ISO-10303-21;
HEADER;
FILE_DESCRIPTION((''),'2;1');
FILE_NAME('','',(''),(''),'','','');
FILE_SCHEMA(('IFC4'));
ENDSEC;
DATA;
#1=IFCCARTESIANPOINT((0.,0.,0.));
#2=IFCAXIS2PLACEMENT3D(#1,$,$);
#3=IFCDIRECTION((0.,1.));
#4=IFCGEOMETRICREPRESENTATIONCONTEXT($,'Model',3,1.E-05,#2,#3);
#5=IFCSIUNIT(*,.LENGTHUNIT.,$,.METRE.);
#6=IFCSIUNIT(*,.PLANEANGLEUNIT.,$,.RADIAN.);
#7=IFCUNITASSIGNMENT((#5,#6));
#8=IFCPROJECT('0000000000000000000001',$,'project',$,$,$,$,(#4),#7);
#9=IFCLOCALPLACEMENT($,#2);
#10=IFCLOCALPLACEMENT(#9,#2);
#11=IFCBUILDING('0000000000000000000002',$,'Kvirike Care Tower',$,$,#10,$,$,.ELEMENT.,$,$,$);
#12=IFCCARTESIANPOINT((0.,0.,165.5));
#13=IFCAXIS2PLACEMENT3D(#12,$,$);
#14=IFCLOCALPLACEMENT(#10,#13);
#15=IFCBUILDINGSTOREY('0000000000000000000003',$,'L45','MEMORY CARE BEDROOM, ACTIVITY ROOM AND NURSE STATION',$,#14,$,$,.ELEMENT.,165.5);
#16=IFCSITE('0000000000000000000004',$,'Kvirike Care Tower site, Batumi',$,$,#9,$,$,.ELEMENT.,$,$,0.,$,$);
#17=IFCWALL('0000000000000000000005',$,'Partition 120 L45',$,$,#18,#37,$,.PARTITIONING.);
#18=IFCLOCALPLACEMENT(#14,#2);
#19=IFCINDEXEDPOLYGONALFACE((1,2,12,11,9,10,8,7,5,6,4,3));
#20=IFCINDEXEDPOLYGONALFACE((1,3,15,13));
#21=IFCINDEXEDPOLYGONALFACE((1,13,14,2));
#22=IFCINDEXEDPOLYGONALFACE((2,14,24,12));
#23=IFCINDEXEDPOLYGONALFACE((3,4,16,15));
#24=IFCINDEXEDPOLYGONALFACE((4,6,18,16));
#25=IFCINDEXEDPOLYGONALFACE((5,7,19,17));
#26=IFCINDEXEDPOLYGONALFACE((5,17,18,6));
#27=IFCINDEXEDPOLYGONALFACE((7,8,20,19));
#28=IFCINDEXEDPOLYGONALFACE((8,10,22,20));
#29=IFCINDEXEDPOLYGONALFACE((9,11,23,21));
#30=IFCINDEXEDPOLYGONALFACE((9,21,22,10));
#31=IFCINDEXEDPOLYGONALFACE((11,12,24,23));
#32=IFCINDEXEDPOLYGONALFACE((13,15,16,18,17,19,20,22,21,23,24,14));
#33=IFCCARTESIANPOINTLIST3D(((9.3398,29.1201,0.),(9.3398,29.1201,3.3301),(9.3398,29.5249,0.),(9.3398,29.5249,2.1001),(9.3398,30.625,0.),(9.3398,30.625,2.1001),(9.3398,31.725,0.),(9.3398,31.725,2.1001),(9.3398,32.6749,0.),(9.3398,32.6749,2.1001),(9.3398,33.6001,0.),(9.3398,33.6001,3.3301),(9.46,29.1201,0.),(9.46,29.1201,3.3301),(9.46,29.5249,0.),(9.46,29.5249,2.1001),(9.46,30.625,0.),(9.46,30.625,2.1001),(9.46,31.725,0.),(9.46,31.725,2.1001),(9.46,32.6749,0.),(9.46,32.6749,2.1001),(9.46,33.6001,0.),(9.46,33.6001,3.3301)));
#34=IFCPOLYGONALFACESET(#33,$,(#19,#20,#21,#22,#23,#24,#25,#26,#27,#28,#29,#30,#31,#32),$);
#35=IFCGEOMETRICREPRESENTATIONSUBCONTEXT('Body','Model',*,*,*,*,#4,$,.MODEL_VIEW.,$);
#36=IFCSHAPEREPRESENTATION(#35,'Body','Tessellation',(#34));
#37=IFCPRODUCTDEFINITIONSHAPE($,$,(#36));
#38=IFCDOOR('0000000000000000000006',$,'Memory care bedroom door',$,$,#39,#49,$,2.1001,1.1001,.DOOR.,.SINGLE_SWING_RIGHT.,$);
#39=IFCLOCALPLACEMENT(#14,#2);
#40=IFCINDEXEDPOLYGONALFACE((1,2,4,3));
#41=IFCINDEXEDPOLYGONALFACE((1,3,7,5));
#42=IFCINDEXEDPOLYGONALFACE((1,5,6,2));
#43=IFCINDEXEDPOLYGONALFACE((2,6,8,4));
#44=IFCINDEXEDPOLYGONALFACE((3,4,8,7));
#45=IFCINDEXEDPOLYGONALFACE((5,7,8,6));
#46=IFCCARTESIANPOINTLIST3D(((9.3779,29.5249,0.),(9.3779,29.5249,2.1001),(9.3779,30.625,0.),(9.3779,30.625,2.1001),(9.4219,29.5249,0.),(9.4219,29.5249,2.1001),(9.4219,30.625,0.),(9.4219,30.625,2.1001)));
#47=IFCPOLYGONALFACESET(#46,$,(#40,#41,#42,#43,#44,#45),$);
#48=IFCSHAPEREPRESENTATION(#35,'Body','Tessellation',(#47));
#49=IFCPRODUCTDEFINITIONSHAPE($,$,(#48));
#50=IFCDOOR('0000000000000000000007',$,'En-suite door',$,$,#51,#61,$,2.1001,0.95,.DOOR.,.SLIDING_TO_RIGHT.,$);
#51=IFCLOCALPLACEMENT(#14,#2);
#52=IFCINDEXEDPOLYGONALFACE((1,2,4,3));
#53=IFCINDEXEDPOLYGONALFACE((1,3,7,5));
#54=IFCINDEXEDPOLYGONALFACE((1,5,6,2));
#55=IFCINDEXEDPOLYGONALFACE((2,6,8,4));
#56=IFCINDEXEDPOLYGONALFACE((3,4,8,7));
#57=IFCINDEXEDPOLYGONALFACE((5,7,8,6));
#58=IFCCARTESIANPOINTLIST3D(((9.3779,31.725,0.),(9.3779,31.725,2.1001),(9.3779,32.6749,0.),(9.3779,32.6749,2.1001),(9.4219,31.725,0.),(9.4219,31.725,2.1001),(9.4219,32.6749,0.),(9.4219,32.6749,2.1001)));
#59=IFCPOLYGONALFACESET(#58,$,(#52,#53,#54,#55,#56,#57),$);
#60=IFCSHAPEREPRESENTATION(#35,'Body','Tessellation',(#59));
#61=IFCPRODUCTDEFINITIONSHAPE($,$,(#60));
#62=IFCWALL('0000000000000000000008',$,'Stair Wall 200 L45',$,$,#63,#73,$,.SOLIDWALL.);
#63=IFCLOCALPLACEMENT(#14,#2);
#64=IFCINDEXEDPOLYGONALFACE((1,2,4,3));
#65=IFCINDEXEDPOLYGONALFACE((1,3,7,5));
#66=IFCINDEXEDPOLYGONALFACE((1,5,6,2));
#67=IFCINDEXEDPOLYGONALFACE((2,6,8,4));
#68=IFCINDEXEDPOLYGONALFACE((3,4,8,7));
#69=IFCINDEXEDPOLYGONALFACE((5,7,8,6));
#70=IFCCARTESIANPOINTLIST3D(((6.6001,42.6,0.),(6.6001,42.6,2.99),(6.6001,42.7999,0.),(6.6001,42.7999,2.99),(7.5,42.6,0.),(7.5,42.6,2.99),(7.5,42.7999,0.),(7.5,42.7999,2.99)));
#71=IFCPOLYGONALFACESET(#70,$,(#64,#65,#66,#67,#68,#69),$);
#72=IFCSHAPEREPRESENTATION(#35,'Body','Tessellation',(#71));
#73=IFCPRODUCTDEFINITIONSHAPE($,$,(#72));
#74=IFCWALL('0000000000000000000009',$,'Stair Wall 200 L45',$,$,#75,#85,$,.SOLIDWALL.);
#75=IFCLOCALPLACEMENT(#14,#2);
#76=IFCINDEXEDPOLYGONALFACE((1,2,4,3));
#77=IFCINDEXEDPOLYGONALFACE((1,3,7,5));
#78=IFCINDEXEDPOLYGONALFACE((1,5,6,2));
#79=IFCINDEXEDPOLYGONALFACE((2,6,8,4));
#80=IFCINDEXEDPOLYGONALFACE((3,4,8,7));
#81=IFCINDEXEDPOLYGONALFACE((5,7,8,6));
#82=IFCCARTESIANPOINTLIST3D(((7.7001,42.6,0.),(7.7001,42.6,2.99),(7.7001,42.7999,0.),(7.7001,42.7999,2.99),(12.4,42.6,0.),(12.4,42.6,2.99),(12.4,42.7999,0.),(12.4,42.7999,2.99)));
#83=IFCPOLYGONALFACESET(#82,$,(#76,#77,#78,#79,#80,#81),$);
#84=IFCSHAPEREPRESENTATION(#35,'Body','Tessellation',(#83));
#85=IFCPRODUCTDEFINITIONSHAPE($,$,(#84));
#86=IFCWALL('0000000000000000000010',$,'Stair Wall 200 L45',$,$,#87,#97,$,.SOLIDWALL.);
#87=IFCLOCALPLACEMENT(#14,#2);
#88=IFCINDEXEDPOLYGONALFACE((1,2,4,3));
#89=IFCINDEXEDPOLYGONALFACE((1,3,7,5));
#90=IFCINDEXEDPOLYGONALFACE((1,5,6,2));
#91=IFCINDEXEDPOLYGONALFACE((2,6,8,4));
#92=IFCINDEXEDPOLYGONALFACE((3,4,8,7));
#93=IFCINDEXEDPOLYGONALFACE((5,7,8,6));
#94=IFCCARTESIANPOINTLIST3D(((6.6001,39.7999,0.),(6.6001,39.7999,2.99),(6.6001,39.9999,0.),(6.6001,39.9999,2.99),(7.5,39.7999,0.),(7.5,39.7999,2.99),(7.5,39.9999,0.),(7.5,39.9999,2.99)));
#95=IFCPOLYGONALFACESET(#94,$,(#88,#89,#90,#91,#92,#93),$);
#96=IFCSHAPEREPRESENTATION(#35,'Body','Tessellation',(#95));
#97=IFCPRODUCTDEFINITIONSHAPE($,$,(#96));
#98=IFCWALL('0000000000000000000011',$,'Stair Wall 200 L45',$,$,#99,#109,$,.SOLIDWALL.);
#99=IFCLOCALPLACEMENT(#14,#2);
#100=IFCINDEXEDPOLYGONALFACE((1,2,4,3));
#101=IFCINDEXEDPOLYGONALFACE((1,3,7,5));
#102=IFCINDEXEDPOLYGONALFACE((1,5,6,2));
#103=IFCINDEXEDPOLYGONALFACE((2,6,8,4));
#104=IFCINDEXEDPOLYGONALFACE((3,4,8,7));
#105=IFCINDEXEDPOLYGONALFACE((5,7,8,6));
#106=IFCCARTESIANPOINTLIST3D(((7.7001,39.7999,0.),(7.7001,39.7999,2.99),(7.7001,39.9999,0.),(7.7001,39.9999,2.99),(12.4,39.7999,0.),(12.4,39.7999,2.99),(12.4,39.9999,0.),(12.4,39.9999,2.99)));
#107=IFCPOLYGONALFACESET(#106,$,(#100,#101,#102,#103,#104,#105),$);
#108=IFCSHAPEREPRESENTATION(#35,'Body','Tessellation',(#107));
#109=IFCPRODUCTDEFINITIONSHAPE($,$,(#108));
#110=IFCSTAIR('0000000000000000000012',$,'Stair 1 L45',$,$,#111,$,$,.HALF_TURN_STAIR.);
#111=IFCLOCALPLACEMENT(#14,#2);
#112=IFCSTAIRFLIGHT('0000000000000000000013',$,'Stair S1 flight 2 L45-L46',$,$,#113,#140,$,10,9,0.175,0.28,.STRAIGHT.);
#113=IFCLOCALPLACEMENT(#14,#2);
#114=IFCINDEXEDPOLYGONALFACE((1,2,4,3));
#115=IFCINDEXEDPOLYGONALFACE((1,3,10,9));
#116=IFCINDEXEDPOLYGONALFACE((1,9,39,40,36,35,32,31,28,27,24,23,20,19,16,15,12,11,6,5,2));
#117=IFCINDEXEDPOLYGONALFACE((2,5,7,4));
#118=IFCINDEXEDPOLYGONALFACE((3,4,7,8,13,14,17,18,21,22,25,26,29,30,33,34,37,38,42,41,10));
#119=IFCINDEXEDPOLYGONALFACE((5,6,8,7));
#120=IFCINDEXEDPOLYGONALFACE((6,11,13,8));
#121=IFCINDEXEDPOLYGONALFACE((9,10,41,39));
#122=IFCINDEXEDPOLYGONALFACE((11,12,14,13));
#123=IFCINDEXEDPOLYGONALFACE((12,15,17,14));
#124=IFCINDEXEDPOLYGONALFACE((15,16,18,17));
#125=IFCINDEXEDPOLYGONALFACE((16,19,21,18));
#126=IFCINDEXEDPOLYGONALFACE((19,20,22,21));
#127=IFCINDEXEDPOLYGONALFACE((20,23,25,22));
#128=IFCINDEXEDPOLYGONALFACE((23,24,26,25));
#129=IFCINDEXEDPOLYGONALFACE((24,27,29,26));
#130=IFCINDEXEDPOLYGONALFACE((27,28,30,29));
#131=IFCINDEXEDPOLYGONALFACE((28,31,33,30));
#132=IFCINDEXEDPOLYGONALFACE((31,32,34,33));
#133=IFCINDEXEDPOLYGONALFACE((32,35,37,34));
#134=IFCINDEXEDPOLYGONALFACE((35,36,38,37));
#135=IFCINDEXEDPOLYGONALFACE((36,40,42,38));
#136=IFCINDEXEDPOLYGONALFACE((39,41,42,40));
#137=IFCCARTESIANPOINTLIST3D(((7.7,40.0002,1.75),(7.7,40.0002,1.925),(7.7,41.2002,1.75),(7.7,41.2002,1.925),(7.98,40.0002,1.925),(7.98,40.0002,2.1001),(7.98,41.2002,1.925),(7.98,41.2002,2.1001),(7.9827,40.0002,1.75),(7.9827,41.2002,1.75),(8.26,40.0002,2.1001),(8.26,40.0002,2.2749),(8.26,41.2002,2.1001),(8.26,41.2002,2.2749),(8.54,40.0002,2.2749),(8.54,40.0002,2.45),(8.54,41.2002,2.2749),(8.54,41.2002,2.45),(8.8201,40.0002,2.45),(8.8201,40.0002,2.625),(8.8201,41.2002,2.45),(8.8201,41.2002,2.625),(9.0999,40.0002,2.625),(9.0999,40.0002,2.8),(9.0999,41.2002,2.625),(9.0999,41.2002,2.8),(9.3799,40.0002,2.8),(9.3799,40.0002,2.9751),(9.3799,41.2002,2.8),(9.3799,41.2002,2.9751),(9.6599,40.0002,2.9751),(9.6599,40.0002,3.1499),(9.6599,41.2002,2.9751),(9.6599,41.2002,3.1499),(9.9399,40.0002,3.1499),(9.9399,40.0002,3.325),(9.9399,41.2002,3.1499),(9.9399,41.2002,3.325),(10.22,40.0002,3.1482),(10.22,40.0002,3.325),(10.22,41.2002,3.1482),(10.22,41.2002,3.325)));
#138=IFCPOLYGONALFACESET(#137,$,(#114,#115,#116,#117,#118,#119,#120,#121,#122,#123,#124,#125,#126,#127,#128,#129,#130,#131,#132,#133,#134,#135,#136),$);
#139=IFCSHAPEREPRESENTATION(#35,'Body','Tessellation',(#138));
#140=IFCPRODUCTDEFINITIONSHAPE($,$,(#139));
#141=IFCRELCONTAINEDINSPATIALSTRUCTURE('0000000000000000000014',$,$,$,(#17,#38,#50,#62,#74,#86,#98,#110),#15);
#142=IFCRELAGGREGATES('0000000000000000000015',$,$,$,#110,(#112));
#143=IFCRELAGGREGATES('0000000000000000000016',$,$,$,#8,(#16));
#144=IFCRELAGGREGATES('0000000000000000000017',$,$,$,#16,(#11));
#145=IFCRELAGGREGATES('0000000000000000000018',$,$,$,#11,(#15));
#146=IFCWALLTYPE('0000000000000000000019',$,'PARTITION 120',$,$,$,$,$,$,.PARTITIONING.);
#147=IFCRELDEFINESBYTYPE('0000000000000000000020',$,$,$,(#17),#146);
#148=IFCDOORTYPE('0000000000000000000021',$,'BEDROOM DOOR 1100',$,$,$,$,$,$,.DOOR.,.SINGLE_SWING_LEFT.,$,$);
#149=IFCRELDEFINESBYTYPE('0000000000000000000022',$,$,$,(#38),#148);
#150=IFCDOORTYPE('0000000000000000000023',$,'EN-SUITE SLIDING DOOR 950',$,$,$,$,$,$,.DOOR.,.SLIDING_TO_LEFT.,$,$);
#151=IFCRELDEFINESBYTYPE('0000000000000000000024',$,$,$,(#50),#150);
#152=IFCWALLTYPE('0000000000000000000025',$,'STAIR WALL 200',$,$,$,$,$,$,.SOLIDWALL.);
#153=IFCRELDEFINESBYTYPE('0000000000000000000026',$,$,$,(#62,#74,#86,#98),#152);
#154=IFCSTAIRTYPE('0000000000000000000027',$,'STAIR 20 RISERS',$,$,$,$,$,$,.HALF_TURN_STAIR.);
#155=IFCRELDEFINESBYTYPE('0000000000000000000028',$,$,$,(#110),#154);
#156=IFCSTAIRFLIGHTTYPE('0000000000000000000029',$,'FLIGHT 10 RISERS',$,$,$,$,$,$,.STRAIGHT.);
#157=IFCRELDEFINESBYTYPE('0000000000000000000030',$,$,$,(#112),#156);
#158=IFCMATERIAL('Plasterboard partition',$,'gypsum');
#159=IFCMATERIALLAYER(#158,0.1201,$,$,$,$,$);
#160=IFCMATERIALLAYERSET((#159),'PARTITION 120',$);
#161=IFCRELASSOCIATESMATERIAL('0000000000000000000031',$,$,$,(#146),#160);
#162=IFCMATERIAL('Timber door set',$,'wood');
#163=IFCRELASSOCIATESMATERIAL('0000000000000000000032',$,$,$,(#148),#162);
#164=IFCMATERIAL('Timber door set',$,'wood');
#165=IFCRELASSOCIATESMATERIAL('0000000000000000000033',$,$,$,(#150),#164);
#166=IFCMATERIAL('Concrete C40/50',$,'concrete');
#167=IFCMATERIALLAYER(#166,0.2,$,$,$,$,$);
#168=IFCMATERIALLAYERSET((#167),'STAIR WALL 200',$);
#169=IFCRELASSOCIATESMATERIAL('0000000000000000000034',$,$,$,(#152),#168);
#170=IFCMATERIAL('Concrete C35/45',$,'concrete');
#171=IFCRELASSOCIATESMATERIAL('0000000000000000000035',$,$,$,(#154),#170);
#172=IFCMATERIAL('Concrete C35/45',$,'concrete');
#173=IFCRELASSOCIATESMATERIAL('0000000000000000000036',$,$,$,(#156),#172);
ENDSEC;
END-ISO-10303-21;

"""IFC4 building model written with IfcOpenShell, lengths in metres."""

from ifc_helpers import new_model, si_unit, direction, frame, frame_2d, origin, place, context, subcontext, project, spatial, polyline, rectangle, outline, extrude, material, layer, layer_set, type_object, element, fill, aggregate, save


model = new_model("IFC4")

# Units and contexts
model_context = context("Model", 3, precision=1e-05, world=origin(), true_north=direction((0.0, 1.0)))
body_context = subcontext(model_context, "Body", "Model", "MODEL_VIEW")
ifc_project = project(units=[si_unit("LENGTHUNIT", "METRE"), si_unit("PLANEANGLEUNIT", "RADIAN")], contexts=[model_context])

# Site, building, storey
site_placement = place(None, origin())
site = spatial("IfcSite", under=ifc_project, at=site_placement, Name="Kvirike Care Tower site, Batumi", CompositionType="ELEMENT", RefElevation=0.0)
building_placement = place(site_placement, origin())
building = spatial("IfcBuilding", under=site, at=building_placement, Name="Kvirike Care Tower", CompositionType="ELEMENT")
storey_placement = place(building_placement, frame((0.0, 0.0, 165.5)))
storey = spatial("IfcBuildingStorey", under=building, at=storey_placement, Name="L45", Description="MEMORY CARE BEDROOM, ACTIVITY ROOM AND NURSE STATION", CompositionType="ELEMENT", Elevation=165.5)

# Wall, openings, doors
ifc_material_1 = material(Name="Plasterboard partition", Category="gypsum")
ifc_layer_1 = layer(ifc_material_1, 0.1201)
ifc_layer_set_1 = layer_set([ifc_layer_1], Name="PARTITION 120")
wall_type_1 = type_object("IfcWallType", Name="PARTITION 120", PredefinedType="PARTITIONING", material=ifc_layer_set_1)
ifc_material_2 = material(Name="Timber door set", Category="wood")
door_type_1 = type_object("IfcDoorType", Name="BEDROOM DOOR 1100", OperationType="SINGLE_SWING_LEFT", PredefinedType="DOOR", material=ifc_material_2)
ifc_material_3 = material(Name="Timber door set", Category="wood")
door_type_2 = type_object("IfcDoorType", Name="EN-SUITE SLIDING DOOR 950", OperationType="SLIDING_TO_LEFT", PredefinedType="DOOR", material=ifc_material_3)
wall_1_placement = place(storey_placement, frame((9.3999, 33.6001, 0.0), z_axis=(0.0, 0.0, 1.0), x_axis=(0.0, -1.0, 0.0)))
wall_1 = element("IfcWall", 1, at=wall_1_placement, inside=storey, type_object=wall_type_1, Name="Partition 120 L45", PredefinedType="PARTITIONING", context=body_context, shape_type="SweptSolid", body=[
    extrude(rectangle(XDim=4.48, YDim=0.1201, at=frame_2d((2.24, 0.0))), origin(), (0.0, 0.0, 1.0), 3.3301),
])
opening_1_placement = place(wall_1_placement, frame((2.9751, 0.0, 0.0)))
opening_1 = element("IfcOpeningElement", 2, at=opening_1_placement, cuts=wall_1, PredefinedType="OPENING", context=body_context, shape_type="SweptSolid", body=[
    extrude(rectangle(XDim=1.1001, YDim=2.1001, at=frame_2d((0.55, 1.05))), frame((0.0, 0.0706, 0.0), z_axis=(0.0, -1.0, 0.0), x_axis=(1.0, 0.0, 0.0)), (0.0, 0.0, 1.0), 0.1411),
])
opening_2_placement = place(wall_1_placement, frame((0.925, 0.0, 0.0)))
opening_2 = element("IfcOpeningElement", 3, at=opening_2_placement, cuts=wall_1, PredefinedType="OPENING", context=body_context, shape_type="SweptSolid", body=[
    extrude(rectangle(XDim=0.95, YDim=2.1001, at=frame_2d((0.4751, 1.05))), frame((0.0, 0.0706, 0.0), z_axis=(0.0, -1.0, 0.0), x_axis=(1.0, 0.0, 0.0)), (0.0, 0.0, 1.0), 0.1411),
])
door_1_placement = place(opening_1_placement, origin())
door_1 = element("IfcDoor", 4, at=door_1_placement, inside=storey, type_object=door_type_1, Name="Memory care bedroom door", OperationType="SINGLE_SWING_RIGHT", OverallHeight=2.1001, OverallWidth=1.1001, PredefinedType="DOOR", context=body_context, shape_type="SweptSolid", body=[
    extrude(rectangle(XDim=1.1001, YDim=2.1001, at=frame_2d((0.55, 1.05))), frame((0.0, 0.022, 0.0), z_axis=(0.0, -1.0, 0.0), x_axis=(1.0, 0.0, 0.0)), (0.0, 0.0, 1.0), 0.0439),
])
fill(opening_1, door_1)
door_2_placement = place(opening_2_placement, origin())
door_2 = element("IfcDoor", 5, at=door_2_placement, inside=storey, type_object=door_type_2, Name="En-suite door", OperationType="SLIDING_TO_RIGHT", OverallHeight=2.1001, OverallWidth=0.95, PredefinedType="DOOR", context=body_context, shape_type="SweptSolid", body=[
    extrude(rectangle(XDim=0.95, YDim=2.1001, at=frame_2d((0.4751, 1.05))), frame((0.0, 0.022, 0.0), z_axis=(0.0, -1.0, 0.0), x_axis=(1.0, 0.0, 0.0)), (0.0, 0.0, 1.0), 0.0439),
])
fill(opening_2, door_2)

# Walls
ifc_material_4 = material(Name="Concrete C40/50", Category="concrete")
ifc_layer_2 = layer(ifc_material_4, 0.2)
ifc_layer_set_2 = layer_set([ifc_layer_2], Name="STAIR WALL 200")
wall_type_2 = type_object("IfcWallType", Name="STAIR WALL 200", PredefinedType="SOLIDWALL", material=ifc_layer_set_2)
wall_2_placement = place(storey_placement, frame((6.6001, 42.7, 0.0), z_axis=(0.0, 0.0, 1.0), x_axis=(1.0, 0.0, 0.0)))
element("IfcWall", 6, at=wall_2_placement, inside=storey, type_object=wall_type_2, Name="Stair Wall 200 L45", PredefinedType="SOLIDWALL", context=body_context, shape_type="SweptSolid", body=[
    extrude(rectangle(XDim=0.8999, YDim=0.2, at=frame_2d((0.45, 0.0))), origin(), (0.0, 0.0, 1.0), 2.99),
])
wall_3_placement = place(storey_placement, frame((7.7, 42.7, 0.0), z_axis=(0.0, 0.0, 1.0), x_axis=(1.0, 0.0, 0.0)))
element("IfcWall", 7, at=wall_3_placement, inside=storey, type_object=wall_type_2, Name="Stair Wall 200 L45", PredefinedType="SOLIDWALL", context=body_context, shape_type="SweptSolid", body=[
    extrude(rectangle(XDim=4.7, YDim=0.2, at=frame_2d((2.3501, 0.0))), origin(), (0.0, 0.0, 1.0), 2.99),
])
wall_4_placement = place(storey_placement, frame((6.6001, 39.8999, 0.0), z_axis=(0.0, 0.0, 1.0), x_axis=(1.0, 0.0, 0.0)))
element("IfcWall", 8, at=wall_4_placement, inside=storey, type_object=wall_type_2, Name="Stair Wall 200 L45", PredefinedType="SOLIDWALL", context=body_context, shape_type="SweptSolid", body=[
    extrude(rectangle(XDim=0.8999, YDim=0.2, at=frame_2d((0.45, 0.0))), origin(), (0.0, 0.0, 1.0), 2.99),
])
wall_5_placement = place(storey_placement, frame((7.7, 39.8999, 0.0), z_axis=(0.0, 0.0, 1.0), x_axis=(1.0, 0.0, 0.0)))
element("IfcWall", 9, at=wall_5_placement, inside=storey, type_object=wall_type_2, Name="Stair Wall 200 L45", PredefinedType="SOLIDWALL", context=body_context, shape_type="SweptSolid", body=[
    extrude(rectangle(XDim=4.7, YDim=0.2, at=frame_2d((2.3501, 0.0))), origin(), (0.0, 0.0, 1.0), 2.99),
])

# Stair, stair flight
ifc_material_5 = material(Name="Concrete C35/45", Category="concrete")
stair_type = type_object("IfcStairType", Name="STAIR 20 RISERS", PredefinedType="HALF_TURN_STAIR", material=ifc_material_5)
stair_placement = place(storey_placement, origin())
stair = element("IfcStair", 10, at=stair_placement, inside=storey, type_object=stair_type, Name="Stair 1 L45", PredefinedType="HALF_TURN_STAIR")
ifc_material_6 = material(Name="Concrete C35/45", Category="concrete")
stair_flight_type = type_object("IfcStairFlightType", Name="FLIGHT 10 RISERS", PredefinedType="STRAIGHT", material=ifc_material_6)
stair_flight_placement = place(storey_placement, frame((7.7, 40.6001, 1.75), z_axis=(0.0, 0.0, 1.0), x_axis=(1.0, 0.0, 0.0)))
stair_flight = element("IfcStairFlight", 11, at=stair_flight_placement, type_object=stair_flight_type, Name="Stair S1 flight 2 L45-L46", NumberOfRisers=10, NumberOfTreads=9, PredefinedType="STRAIGHT", RiserHeight=0.175, TreadLength=0.28, context=body_context, shape_type="SweptSolid", body=[
    extrude(outline(polyline([(0.0, 0.0), (0.0, 0.175), (0.28, 0.175), (0.28, 0.3501), (0.5601, 0.3501), (0.5601, 0.5249), (0.8401, 0.5249), (0.8401, 0.7), (1.1201, 0.7), (1.1201, 0.875), (1.3999, 0.875), (1.3999, 1.05), (1.6799, 1.05), (1.6799, 1.2251), (1.96, 1.2251), (1.96, 1.3999), (2.24, 1.3999), (2.24, 1.575), (2.52, 1.575), (2.52, 1.75), (2.52, 1.3982), (0.2827, 0.0), (0.0, 0.0)])), frame((0.0, 0.6001, 0.0), z_axis=(0.0, -1.0, 0.0), x_axis=(1.0, 0.0, 0.0)), (0.0, 0.0, 1.0), 1.2),
])
aggregate(stair, [stair_flight])

save(model, "model.ifc")
